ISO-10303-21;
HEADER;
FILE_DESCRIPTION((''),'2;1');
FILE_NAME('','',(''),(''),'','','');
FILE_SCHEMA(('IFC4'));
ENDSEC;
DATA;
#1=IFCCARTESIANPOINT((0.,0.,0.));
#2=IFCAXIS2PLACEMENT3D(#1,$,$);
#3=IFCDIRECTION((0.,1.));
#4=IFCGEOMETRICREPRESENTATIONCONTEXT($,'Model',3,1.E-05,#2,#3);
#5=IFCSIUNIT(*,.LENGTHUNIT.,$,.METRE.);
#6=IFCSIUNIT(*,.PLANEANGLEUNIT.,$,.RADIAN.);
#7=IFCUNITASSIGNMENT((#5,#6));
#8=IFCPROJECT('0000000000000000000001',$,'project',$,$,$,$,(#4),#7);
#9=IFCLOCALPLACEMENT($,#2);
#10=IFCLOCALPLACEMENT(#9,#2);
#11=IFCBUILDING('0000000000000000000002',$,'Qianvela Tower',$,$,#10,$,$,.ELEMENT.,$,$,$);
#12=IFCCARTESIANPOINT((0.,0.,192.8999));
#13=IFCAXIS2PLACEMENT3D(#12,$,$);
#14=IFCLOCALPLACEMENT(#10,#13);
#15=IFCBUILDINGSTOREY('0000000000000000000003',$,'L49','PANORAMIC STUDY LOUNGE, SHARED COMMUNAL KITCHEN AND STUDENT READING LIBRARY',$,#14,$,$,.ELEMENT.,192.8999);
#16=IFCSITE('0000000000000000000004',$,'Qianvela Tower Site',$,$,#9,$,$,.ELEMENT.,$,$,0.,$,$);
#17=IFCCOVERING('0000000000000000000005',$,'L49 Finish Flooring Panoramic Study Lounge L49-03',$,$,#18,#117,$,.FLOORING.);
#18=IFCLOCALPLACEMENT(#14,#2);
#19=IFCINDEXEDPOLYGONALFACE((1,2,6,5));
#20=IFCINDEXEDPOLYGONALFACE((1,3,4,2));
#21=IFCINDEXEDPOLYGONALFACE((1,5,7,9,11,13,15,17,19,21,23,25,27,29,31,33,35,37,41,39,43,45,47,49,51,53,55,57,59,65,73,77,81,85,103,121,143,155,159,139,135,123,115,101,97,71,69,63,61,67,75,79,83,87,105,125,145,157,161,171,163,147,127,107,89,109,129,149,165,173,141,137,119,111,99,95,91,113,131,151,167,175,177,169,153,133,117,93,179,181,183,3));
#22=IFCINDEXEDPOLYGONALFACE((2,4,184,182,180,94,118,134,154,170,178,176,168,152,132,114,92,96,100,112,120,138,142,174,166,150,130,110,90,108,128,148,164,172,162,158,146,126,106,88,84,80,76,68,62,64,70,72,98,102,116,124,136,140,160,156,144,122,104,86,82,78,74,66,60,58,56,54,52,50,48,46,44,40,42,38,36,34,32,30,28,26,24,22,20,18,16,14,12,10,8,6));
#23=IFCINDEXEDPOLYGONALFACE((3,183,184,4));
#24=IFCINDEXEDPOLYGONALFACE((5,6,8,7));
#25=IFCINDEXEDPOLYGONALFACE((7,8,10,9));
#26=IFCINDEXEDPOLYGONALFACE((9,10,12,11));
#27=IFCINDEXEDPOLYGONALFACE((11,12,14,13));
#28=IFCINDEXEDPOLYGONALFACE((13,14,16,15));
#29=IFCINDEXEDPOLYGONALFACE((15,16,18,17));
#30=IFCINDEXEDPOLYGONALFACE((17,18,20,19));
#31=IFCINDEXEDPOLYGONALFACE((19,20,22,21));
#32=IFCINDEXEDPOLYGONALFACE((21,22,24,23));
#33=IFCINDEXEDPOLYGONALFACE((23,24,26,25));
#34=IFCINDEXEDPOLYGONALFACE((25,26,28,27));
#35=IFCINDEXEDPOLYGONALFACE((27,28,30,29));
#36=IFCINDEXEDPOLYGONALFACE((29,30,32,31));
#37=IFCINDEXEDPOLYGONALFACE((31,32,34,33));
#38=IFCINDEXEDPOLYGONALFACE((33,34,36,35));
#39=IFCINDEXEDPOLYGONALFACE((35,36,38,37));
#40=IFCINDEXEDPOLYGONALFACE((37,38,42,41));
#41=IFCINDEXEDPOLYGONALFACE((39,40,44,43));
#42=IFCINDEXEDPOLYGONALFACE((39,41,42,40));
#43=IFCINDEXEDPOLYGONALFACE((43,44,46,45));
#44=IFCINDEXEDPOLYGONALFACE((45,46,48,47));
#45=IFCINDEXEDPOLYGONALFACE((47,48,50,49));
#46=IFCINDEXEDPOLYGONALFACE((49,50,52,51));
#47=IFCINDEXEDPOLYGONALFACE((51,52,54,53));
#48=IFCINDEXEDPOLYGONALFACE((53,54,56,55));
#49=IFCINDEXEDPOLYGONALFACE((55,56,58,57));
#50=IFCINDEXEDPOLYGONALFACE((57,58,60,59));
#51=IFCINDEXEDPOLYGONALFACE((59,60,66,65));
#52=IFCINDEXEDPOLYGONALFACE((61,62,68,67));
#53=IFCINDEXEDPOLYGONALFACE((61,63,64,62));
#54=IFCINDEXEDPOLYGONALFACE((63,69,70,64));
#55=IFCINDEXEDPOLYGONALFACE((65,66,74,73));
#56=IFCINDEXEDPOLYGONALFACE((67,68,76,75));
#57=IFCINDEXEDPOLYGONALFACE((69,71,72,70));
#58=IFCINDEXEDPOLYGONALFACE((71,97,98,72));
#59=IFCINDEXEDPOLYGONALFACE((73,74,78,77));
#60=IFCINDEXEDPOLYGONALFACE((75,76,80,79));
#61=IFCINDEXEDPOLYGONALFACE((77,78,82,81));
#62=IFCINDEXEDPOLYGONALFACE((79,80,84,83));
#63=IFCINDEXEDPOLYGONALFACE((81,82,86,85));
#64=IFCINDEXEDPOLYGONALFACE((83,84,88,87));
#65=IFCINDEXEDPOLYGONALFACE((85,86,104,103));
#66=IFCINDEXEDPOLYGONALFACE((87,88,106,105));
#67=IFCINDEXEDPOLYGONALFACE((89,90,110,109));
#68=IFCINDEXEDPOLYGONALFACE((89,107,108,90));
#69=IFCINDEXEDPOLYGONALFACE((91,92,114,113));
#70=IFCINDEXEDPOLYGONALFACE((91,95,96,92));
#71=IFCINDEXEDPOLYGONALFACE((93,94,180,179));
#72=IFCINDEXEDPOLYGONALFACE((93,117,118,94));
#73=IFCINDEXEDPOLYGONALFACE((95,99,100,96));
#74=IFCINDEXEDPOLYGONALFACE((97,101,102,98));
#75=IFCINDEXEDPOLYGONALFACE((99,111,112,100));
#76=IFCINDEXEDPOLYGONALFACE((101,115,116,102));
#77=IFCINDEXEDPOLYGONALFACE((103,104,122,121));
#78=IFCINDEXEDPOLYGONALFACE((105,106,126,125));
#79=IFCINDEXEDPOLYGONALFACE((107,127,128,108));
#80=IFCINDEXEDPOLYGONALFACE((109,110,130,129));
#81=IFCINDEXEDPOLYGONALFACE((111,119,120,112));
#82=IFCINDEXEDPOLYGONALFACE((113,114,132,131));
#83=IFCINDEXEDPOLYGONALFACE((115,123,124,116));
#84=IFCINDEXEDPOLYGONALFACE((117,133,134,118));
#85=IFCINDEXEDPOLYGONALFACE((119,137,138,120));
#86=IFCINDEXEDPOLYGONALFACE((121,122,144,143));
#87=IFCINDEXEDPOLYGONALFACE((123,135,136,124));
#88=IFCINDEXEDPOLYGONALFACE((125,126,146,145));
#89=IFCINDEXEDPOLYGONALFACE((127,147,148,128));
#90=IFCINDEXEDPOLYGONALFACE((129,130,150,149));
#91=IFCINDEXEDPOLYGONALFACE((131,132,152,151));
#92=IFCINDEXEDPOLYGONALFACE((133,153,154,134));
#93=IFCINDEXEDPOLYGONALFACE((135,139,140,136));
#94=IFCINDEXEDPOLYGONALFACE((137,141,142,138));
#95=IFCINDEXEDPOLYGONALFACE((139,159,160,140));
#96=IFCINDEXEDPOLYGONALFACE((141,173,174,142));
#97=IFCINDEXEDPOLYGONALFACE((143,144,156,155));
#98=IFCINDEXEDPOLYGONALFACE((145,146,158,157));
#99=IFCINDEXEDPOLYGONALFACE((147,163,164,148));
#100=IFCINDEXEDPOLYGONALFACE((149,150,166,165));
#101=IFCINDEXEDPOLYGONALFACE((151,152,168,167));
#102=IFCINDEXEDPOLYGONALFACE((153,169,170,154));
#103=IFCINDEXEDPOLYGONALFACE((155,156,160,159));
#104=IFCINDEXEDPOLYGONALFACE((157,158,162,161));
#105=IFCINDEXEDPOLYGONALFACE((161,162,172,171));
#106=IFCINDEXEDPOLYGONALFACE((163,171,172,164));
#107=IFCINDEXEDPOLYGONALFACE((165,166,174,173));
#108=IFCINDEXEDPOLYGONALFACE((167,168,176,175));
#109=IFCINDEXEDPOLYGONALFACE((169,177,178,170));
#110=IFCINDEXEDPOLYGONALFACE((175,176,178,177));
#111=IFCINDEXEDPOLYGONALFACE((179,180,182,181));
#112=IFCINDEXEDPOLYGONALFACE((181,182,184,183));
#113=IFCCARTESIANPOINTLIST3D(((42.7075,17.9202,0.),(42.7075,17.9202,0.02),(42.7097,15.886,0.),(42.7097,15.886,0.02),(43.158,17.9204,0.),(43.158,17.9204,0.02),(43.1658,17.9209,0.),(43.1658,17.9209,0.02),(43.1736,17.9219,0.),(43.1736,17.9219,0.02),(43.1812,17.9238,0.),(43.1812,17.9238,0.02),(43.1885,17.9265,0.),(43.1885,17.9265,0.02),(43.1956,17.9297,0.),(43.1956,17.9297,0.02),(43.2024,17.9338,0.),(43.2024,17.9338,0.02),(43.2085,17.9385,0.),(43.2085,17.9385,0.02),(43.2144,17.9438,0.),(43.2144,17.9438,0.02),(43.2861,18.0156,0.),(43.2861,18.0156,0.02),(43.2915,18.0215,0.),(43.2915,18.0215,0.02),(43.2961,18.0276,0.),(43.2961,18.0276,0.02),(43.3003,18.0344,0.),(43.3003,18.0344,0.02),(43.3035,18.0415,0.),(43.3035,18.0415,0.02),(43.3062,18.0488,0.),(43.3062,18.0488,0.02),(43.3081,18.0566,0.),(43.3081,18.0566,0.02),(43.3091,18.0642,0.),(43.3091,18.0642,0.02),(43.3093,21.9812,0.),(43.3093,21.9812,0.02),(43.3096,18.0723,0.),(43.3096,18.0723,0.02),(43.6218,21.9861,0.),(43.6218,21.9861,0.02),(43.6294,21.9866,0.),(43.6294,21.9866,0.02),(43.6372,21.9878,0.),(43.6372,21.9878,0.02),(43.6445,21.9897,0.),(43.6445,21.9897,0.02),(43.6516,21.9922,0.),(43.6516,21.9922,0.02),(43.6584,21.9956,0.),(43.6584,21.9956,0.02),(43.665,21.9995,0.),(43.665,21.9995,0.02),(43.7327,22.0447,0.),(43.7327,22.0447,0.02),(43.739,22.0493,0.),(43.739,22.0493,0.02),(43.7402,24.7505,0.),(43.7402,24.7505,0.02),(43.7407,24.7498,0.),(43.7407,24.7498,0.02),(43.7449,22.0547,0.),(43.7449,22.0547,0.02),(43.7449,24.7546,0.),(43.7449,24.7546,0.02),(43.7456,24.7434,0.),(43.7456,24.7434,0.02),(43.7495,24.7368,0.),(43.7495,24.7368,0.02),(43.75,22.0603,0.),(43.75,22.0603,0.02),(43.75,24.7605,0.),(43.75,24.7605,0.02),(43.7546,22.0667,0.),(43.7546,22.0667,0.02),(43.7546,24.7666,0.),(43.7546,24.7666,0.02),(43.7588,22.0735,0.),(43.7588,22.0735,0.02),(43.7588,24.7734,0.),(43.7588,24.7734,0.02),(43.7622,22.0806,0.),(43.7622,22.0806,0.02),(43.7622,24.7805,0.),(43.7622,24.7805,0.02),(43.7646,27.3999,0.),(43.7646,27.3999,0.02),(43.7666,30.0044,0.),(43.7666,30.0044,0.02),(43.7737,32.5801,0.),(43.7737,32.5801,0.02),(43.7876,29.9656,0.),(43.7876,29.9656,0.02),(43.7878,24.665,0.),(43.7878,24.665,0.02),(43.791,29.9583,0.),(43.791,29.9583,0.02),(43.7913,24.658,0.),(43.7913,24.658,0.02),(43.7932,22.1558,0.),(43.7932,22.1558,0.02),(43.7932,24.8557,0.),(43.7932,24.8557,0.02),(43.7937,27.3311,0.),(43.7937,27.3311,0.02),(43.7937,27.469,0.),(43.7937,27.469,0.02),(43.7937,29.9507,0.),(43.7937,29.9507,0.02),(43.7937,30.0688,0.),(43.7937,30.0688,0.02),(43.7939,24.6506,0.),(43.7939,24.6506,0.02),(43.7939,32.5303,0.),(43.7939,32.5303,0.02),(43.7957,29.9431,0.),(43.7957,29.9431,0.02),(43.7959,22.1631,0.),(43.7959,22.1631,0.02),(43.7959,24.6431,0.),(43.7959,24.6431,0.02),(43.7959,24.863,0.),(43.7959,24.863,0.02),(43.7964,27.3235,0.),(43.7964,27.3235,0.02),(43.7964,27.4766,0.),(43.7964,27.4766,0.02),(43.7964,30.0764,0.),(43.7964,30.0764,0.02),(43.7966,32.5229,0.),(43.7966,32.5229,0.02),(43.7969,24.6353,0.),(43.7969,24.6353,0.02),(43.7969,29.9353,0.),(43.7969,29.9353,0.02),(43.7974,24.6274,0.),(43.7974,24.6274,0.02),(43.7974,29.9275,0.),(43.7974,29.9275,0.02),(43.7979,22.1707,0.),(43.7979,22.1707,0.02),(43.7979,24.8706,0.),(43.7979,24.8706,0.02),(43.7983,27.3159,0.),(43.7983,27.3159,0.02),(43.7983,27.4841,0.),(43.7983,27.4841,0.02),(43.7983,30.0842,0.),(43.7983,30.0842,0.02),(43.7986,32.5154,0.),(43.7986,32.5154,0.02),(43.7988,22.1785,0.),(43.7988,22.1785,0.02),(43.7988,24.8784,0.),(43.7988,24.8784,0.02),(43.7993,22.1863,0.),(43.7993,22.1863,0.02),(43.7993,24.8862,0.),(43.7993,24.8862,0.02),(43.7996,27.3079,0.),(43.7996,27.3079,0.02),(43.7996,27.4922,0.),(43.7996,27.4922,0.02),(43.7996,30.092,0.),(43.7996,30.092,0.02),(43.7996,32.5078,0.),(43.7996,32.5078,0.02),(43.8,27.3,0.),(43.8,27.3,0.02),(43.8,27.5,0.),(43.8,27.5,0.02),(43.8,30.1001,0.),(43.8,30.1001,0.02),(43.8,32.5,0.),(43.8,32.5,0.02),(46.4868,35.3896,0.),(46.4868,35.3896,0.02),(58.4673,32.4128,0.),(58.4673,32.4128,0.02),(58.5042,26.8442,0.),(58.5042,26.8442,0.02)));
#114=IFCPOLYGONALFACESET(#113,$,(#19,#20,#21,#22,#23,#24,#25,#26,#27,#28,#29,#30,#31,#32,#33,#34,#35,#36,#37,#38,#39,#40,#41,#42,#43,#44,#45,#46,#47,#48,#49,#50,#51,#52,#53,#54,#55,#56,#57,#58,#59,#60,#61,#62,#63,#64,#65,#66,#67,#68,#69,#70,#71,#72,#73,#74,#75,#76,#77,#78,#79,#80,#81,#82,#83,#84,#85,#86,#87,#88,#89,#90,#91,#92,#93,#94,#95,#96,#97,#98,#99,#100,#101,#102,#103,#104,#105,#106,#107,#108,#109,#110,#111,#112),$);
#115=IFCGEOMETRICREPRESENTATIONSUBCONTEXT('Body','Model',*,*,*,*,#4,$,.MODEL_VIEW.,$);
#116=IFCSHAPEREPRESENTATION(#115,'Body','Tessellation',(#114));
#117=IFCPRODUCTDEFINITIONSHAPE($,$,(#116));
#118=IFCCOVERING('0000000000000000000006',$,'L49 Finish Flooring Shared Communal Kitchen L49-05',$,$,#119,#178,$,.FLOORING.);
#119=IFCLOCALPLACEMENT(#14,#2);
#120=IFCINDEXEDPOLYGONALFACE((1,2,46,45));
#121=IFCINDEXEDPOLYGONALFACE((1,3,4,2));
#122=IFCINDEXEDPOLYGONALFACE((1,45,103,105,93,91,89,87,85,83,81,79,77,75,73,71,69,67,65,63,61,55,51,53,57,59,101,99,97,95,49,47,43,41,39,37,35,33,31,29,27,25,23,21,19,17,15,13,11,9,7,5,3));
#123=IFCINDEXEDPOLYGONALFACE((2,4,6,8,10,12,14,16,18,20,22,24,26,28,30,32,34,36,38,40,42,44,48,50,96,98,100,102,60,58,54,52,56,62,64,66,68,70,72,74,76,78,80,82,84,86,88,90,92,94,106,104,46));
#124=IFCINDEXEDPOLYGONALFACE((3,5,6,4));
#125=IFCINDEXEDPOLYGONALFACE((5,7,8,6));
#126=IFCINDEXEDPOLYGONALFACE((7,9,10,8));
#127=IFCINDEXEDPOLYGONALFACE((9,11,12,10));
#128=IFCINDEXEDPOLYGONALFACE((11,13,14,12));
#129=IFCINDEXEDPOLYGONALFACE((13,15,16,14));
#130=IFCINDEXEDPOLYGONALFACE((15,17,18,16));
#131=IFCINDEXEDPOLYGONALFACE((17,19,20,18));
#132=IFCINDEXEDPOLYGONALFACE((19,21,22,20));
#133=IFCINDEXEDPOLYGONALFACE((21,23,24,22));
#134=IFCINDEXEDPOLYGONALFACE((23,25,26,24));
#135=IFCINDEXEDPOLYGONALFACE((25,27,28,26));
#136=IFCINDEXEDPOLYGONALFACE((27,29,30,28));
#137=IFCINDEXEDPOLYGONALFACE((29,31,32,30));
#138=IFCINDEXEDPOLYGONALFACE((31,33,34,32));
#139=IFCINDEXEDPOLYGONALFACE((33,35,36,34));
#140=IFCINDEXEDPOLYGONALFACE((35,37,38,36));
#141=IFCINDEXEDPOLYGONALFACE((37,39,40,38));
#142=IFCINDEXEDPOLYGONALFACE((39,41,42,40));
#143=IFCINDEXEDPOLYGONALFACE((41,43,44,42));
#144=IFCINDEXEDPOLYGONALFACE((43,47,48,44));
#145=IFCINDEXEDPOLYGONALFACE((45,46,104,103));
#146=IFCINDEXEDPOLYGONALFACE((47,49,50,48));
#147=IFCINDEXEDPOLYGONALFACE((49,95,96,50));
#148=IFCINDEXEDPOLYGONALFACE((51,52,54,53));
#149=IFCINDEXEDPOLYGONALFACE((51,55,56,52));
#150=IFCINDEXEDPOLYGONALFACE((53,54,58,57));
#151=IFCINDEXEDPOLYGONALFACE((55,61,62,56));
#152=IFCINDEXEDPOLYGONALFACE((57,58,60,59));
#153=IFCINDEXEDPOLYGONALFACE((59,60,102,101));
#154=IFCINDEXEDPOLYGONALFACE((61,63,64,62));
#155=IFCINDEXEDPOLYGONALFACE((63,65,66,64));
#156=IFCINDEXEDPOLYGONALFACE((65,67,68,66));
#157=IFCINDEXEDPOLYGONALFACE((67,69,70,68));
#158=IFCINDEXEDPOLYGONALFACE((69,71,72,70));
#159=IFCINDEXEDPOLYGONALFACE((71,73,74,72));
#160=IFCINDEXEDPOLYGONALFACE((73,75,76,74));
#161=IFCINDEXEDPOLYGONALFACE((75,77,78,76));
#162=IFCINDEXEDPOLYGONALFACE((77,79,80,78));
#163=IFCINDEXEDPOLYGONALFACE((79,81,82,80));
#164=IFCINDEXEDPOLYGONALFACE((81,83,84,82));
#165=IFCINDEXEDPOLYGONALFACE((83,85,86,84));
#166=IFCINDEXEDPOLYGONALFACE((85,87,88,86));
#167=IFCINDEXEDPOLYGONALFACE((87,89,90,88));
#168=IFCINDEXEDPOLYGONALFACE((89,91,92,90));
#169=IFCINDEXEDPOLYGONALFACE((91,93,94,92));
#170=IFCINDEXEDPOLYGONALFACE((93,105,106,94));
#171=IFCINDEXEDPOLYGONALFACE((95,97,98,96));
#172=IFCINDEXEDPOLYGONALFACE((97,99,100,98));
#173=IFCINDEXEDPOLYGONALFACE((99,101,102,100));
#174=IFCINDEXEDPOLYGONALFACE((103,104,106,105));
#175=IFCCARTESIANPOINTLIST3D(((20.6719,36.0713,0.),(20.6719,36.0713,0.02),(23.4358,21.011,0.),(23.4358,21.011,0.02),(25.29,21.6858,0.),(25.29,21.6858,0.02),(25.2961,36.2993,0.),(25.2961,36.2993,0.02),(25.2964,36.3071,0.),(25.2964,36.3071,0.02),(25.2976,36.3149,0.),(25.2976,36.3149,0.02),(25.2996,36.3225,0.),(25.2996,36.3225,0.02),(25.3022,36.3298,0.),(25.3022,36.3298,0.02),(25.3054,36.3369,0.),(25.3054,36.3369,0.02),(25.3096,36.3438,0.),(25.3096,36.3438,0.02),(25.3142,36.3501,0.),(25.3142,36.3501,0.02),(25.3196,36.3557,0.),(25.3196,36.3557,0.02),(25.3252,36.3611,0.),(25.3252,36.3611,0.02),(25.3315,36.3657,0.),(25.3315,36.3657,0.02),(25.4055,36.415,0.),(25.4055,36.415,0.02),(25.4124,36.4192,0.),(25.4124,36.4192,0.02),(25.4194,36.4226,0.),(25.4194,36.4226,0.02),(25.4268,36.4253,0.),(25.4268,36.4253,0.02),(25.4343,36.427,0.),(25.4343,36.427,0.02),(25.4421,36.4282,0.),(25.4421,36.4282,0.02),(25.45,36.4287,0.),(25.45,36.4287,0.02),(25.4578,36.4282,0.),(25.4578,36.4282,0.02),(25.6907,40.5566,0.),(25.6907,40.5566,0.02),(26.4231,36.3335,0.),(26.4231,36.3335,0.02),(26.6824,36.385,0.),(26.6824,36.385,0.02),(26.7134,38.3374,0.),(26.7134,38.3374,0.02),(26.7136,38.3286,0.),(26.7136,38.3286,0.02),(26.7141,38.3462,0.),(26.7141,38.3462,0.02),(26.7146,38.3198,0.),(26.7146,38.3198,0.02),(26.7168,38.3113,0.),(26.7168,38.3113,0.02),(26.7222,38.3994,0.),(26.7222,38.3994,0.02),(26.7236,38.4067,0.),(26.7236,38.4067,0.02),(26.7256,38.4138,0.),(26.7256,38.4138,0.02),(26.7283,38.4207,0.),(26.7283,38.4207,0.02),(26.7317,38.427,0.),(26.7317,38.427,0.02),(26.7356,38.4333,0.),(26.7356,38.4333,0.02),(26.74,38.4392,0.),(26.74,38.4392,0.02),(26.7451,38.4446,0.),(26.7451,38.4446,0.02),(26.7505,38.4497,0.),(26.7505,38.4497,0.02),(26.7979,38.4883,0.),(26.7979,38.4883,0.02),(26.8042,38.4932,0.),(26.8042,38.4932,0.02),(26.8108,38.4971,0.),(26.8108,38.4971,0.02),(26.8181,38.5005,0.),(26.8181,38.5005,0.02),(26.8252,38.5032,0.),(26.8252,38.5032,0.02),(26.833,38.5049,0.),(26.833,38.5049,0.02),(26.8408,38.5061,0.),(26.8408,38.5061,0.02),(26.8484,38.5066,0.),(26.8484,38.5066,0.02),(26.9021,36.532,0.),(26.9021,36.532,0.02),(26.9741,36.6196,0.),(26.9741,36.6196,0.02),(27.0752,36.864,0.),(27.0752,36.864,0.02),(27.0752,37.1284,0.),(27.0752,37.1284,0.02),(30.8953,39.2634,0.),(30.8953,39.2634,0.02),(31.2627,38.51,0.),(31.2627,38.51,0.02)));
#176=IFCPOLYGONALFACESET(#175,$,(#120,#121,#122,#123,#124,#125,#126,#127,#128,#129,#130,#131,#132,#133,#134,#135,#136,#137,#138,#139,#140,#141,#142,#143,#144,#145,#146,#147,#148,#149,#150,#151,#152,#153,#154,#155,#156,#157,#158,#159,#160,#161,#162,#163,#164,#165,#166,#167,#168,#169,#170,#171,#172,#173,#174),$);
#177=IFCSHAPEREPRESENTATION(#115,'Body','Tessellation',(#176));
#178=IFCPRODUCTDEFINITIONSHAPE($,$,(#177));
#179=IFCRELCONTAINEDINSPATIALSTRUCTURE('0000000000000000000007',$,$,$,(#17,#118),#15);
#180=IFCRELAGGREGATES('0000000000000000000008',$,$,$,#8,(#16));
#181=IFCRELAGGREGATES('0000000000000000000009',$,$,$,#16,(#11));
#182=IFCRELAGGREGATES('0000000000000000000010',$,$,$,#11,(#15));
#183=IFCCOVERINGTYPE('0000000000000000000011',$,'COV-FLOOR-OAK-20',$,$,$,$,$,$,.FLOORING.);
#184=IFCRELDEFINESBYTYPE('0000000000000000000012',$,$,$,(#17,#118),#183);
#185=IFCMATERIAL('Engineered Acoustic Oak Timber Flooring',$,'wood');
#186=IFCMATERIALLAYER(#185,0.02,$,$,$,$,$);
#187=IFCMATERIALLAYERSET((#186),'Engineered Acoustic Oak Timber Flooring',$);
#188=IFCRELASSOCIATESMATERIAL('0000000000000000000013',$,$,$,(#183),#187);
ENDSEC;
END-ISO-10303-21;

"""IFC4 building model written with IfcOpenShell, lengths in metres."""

from ifc_helpers import new_model, si_unit, direction, frame, origin, place, context, subcontext, project, spatial, polyline, outline, extrude, material, layer, layer_set, type_object, element, save


model = new_model("IFC4")

# Units and contexts
model_context = context("Model", 3, precision=1e-05, world=origin(), true_north=direction((0.0, 1.0)))
body_context = subcontext(model_context, "Body", "Model", "MODEL_VIEW")
ifc_project = project(units=[si_unit("LENGTHUNIT", "METRE"), si_unit("PLANEANGLEUNIT", "RADIAN")], contexts=[model_context])

# Site, building, storey
site_placement = place(None, origin())
site = spatial("IfcSite", under=ifc_project, at=site_placement, Name="Qianvela Tower Site", CompositionType="ELEMENT", RefElevation=0.0)
building_placement = place(site_placement, origin())
building = spatial("IfcBuilding", under=site, at=building_placement, Name="Qianvela Tower", CompositionType="ELEMENT")
storey_placement = place(building_placement, frame((0.0, 0.0, 192.8999)))
storey = spatial("IfcBuildingStorey", under=building, at=storey_placement, Name="L49", Description="PANORAMIC STUDY LOUNGE, SHARED COMMUNAL KITCHEN AND STUDENT READING LIBRARY", CompositionType="ELEMENT", Elevation=192.8999)

# Coverings
ifc_material_1 = material(Name="Engineered Acoustic Oak Timber Flooring", Category="wood")
ifc_layer_1 = layer(ifc_material_1, 0.02)
ifc_layer_set_1 = layer_set([ifc_layer_1], Name="Engineered Acoustic Oak Timber Flooring")
covering_type_1 = type_object("IfcCoveringType", Name="COV-FLOOR-OAK-20", PredefinedType="FLOORING", material=ifc_layer_set_1)
covering_1_placement = place(storey_placement, origin())
element("IfcCovering", 1, at=covering_1_placement, inside=storey, type_object=covering_type_1, Name="L49 Finish Flooring Panoramic Study Lounge L49-03", PredefinedType="FLOORING", context=body_context, shape_type="SweptSolid", body=[
    extrude(outline(polyline([(43.7402, 24.7505), (43.7449, 24.7546), (43.75, 24.7605), (43.7546, 24.7666), (43.7588, 24.7734), (43.7622, 24.7805), (43.7932, 24.8557), (43.7959, 24.863), (43.7979, 24.8706), (43.7988, 24.8784), (43.7993, 24.8862), (43.8, 27.3), (43.7996, 27.3079), (43.7983, 27.3159), (43.7964, 27.3235), (43.7937, 27.3311), (43.7646, 27.3999), (43.7937, 27.469), (43.7964, 27.4766), (43.7983, 27.4841), (43.7996, 27.4922), (43.8, 27.5), (43.7974, 29.9275), (43.7969, 29.9353), (43.7957, 29.9431), (43.7937, 29.9507), (43.791, 29.9583), (43.7876, 29.9656), (43.7666, 30.0044), (43.7937, 30.0688), (43.7964, 30.0764), (43.7983, 30.0842), (43.7996, 30.092), (43.8, 30.1001), (43.8, 32.5), (43.7996, 32.5078), (43.7986, 32.5154), (43.7966, 32.5229), (43.7939, 32.5303), (43.7737, 32.5801), (46.4868, 35.3896), (58.4673, 32.4128), (58.5042, 26.8442), (42.7097, 15.886), (42.7075, 17.9202), (43.158, 17.9204), (43.1658, 17.9209), (43.1736, 17.9219), (43.1812, 17.9238), (43.1885, 17.9265), (43.1956, 17.9297), (43.2024, 17.9338), (43.2085, 17.9385), (43.2144, 17.9438), (43.2861, 18.0156), (43.2915, 18.0215), (43.2961, 18.0276), (43.3003, 18.0344), (43.3035, 18.0415), (43.3062, 18.0488), (43.3081, 18.0566), (43.3091, 18.0642), (43.3096, 18.0723), (43.3093, 21.9812), (43.6218, 21.9861), (43.6294, 21.9866), (43.6372, 21.9878), (43.6445, 21.9897), (43.6516, 21.9922), (43.6584, 21.9956), (43.665, 21.9995), (43.7327, 22.0447), (43.739, 22.0493), (43.7449, 22.0547), (43.75, 22.0603), (43.7546, 22.0667), (43.7588, 22.0735), (43.7622, 22.0806), (43.7932, 22.1558), (43.7959, 22.1631), (43.7979, 22.1707), (43.7988, 22.1785), (43.7993, 22.1863), (43.7974, 24.6274), (43.7969, 24.6353), (43.7959, 24.6431), (43.7939, 24.6506), (43.7913, 24.658), (43.7878, 24.665), (43.7495, 24.7368), (43.7456, 24.7434), (43.7407, 24.7498), (43.7402, 24.7505)])), origin(), (0.0, 0.0, 1.0), 0.02),
])
covering_2_placement = place(storey_placement, origin())
element("IfcCovering", 2, at=covering_2_placement, inside=storey, type_object=covering_type_1, Name="L49 Finish Flooring Shared Communal Kitchen L49-05", PredefinedType="FLOORING", context=body_context, shape_type="SweptSolid", body=[
    extrude(outline(polyline([(25.6907, 40.5566), (30.8953, 39.2634), (31.2627, 38.51), (26.8484, 38.5066), (26.8408, 38.5061), (26.833, 38.5049), (26.8252, 38.5032), (26.8181, 38.5005), (26.8108, 38.4971), (26.8042, 38.4932), (26.7979, 38.4883), (26.7505, 38.4497), (26.7451, 38.4446), (26.74, 38.4392), (26.7356, 38.4333), (26.7317, 38.427), (26.7283, 38.4207), (26.7256, 38.4138), (26.7236, 38.4067), (26.7222, 38.3994), (26.7141, 38.3462), (26.7134, 38.3374), (26.7136, 38.3286), (26.7146, 38.3198), (26.7168, 38.3113), (27.0752, 37.1284), (27.0752, 36.864), (26.9741, 36.6196), (26.9021, 36.532), (26.6824, 36.385), (26.4231, 36.3335), (25.4578, 36.4282), (25.45, 36.4287), (25.4421, 36.4282), (25.4343, 36.427), (25.4268, 36.4253), (25.4194, 36.4226), (25.4124, 36.4192), (25.4055, 36.415), (25.3315, 36.3657), (25.3252, 36.3611), (25.3196, 36.3557), (25.3142, 36.3501), (25.3096, 36.3438), (25.3054, 36.3369), (25.3022, 36.3298), (25.2996, 36.3225), (25.2976, 36.3149), (25.2964, 36.3071), (25.2961, 36.2993), (25.29, 21.6858), (23.4358, 21.011), (20.6719, 36.0713), (25.6907, 40.5566)])), origin(), (0.0, 0.0, 1.0), 0.02),
])

save(model, "model.ifc")
